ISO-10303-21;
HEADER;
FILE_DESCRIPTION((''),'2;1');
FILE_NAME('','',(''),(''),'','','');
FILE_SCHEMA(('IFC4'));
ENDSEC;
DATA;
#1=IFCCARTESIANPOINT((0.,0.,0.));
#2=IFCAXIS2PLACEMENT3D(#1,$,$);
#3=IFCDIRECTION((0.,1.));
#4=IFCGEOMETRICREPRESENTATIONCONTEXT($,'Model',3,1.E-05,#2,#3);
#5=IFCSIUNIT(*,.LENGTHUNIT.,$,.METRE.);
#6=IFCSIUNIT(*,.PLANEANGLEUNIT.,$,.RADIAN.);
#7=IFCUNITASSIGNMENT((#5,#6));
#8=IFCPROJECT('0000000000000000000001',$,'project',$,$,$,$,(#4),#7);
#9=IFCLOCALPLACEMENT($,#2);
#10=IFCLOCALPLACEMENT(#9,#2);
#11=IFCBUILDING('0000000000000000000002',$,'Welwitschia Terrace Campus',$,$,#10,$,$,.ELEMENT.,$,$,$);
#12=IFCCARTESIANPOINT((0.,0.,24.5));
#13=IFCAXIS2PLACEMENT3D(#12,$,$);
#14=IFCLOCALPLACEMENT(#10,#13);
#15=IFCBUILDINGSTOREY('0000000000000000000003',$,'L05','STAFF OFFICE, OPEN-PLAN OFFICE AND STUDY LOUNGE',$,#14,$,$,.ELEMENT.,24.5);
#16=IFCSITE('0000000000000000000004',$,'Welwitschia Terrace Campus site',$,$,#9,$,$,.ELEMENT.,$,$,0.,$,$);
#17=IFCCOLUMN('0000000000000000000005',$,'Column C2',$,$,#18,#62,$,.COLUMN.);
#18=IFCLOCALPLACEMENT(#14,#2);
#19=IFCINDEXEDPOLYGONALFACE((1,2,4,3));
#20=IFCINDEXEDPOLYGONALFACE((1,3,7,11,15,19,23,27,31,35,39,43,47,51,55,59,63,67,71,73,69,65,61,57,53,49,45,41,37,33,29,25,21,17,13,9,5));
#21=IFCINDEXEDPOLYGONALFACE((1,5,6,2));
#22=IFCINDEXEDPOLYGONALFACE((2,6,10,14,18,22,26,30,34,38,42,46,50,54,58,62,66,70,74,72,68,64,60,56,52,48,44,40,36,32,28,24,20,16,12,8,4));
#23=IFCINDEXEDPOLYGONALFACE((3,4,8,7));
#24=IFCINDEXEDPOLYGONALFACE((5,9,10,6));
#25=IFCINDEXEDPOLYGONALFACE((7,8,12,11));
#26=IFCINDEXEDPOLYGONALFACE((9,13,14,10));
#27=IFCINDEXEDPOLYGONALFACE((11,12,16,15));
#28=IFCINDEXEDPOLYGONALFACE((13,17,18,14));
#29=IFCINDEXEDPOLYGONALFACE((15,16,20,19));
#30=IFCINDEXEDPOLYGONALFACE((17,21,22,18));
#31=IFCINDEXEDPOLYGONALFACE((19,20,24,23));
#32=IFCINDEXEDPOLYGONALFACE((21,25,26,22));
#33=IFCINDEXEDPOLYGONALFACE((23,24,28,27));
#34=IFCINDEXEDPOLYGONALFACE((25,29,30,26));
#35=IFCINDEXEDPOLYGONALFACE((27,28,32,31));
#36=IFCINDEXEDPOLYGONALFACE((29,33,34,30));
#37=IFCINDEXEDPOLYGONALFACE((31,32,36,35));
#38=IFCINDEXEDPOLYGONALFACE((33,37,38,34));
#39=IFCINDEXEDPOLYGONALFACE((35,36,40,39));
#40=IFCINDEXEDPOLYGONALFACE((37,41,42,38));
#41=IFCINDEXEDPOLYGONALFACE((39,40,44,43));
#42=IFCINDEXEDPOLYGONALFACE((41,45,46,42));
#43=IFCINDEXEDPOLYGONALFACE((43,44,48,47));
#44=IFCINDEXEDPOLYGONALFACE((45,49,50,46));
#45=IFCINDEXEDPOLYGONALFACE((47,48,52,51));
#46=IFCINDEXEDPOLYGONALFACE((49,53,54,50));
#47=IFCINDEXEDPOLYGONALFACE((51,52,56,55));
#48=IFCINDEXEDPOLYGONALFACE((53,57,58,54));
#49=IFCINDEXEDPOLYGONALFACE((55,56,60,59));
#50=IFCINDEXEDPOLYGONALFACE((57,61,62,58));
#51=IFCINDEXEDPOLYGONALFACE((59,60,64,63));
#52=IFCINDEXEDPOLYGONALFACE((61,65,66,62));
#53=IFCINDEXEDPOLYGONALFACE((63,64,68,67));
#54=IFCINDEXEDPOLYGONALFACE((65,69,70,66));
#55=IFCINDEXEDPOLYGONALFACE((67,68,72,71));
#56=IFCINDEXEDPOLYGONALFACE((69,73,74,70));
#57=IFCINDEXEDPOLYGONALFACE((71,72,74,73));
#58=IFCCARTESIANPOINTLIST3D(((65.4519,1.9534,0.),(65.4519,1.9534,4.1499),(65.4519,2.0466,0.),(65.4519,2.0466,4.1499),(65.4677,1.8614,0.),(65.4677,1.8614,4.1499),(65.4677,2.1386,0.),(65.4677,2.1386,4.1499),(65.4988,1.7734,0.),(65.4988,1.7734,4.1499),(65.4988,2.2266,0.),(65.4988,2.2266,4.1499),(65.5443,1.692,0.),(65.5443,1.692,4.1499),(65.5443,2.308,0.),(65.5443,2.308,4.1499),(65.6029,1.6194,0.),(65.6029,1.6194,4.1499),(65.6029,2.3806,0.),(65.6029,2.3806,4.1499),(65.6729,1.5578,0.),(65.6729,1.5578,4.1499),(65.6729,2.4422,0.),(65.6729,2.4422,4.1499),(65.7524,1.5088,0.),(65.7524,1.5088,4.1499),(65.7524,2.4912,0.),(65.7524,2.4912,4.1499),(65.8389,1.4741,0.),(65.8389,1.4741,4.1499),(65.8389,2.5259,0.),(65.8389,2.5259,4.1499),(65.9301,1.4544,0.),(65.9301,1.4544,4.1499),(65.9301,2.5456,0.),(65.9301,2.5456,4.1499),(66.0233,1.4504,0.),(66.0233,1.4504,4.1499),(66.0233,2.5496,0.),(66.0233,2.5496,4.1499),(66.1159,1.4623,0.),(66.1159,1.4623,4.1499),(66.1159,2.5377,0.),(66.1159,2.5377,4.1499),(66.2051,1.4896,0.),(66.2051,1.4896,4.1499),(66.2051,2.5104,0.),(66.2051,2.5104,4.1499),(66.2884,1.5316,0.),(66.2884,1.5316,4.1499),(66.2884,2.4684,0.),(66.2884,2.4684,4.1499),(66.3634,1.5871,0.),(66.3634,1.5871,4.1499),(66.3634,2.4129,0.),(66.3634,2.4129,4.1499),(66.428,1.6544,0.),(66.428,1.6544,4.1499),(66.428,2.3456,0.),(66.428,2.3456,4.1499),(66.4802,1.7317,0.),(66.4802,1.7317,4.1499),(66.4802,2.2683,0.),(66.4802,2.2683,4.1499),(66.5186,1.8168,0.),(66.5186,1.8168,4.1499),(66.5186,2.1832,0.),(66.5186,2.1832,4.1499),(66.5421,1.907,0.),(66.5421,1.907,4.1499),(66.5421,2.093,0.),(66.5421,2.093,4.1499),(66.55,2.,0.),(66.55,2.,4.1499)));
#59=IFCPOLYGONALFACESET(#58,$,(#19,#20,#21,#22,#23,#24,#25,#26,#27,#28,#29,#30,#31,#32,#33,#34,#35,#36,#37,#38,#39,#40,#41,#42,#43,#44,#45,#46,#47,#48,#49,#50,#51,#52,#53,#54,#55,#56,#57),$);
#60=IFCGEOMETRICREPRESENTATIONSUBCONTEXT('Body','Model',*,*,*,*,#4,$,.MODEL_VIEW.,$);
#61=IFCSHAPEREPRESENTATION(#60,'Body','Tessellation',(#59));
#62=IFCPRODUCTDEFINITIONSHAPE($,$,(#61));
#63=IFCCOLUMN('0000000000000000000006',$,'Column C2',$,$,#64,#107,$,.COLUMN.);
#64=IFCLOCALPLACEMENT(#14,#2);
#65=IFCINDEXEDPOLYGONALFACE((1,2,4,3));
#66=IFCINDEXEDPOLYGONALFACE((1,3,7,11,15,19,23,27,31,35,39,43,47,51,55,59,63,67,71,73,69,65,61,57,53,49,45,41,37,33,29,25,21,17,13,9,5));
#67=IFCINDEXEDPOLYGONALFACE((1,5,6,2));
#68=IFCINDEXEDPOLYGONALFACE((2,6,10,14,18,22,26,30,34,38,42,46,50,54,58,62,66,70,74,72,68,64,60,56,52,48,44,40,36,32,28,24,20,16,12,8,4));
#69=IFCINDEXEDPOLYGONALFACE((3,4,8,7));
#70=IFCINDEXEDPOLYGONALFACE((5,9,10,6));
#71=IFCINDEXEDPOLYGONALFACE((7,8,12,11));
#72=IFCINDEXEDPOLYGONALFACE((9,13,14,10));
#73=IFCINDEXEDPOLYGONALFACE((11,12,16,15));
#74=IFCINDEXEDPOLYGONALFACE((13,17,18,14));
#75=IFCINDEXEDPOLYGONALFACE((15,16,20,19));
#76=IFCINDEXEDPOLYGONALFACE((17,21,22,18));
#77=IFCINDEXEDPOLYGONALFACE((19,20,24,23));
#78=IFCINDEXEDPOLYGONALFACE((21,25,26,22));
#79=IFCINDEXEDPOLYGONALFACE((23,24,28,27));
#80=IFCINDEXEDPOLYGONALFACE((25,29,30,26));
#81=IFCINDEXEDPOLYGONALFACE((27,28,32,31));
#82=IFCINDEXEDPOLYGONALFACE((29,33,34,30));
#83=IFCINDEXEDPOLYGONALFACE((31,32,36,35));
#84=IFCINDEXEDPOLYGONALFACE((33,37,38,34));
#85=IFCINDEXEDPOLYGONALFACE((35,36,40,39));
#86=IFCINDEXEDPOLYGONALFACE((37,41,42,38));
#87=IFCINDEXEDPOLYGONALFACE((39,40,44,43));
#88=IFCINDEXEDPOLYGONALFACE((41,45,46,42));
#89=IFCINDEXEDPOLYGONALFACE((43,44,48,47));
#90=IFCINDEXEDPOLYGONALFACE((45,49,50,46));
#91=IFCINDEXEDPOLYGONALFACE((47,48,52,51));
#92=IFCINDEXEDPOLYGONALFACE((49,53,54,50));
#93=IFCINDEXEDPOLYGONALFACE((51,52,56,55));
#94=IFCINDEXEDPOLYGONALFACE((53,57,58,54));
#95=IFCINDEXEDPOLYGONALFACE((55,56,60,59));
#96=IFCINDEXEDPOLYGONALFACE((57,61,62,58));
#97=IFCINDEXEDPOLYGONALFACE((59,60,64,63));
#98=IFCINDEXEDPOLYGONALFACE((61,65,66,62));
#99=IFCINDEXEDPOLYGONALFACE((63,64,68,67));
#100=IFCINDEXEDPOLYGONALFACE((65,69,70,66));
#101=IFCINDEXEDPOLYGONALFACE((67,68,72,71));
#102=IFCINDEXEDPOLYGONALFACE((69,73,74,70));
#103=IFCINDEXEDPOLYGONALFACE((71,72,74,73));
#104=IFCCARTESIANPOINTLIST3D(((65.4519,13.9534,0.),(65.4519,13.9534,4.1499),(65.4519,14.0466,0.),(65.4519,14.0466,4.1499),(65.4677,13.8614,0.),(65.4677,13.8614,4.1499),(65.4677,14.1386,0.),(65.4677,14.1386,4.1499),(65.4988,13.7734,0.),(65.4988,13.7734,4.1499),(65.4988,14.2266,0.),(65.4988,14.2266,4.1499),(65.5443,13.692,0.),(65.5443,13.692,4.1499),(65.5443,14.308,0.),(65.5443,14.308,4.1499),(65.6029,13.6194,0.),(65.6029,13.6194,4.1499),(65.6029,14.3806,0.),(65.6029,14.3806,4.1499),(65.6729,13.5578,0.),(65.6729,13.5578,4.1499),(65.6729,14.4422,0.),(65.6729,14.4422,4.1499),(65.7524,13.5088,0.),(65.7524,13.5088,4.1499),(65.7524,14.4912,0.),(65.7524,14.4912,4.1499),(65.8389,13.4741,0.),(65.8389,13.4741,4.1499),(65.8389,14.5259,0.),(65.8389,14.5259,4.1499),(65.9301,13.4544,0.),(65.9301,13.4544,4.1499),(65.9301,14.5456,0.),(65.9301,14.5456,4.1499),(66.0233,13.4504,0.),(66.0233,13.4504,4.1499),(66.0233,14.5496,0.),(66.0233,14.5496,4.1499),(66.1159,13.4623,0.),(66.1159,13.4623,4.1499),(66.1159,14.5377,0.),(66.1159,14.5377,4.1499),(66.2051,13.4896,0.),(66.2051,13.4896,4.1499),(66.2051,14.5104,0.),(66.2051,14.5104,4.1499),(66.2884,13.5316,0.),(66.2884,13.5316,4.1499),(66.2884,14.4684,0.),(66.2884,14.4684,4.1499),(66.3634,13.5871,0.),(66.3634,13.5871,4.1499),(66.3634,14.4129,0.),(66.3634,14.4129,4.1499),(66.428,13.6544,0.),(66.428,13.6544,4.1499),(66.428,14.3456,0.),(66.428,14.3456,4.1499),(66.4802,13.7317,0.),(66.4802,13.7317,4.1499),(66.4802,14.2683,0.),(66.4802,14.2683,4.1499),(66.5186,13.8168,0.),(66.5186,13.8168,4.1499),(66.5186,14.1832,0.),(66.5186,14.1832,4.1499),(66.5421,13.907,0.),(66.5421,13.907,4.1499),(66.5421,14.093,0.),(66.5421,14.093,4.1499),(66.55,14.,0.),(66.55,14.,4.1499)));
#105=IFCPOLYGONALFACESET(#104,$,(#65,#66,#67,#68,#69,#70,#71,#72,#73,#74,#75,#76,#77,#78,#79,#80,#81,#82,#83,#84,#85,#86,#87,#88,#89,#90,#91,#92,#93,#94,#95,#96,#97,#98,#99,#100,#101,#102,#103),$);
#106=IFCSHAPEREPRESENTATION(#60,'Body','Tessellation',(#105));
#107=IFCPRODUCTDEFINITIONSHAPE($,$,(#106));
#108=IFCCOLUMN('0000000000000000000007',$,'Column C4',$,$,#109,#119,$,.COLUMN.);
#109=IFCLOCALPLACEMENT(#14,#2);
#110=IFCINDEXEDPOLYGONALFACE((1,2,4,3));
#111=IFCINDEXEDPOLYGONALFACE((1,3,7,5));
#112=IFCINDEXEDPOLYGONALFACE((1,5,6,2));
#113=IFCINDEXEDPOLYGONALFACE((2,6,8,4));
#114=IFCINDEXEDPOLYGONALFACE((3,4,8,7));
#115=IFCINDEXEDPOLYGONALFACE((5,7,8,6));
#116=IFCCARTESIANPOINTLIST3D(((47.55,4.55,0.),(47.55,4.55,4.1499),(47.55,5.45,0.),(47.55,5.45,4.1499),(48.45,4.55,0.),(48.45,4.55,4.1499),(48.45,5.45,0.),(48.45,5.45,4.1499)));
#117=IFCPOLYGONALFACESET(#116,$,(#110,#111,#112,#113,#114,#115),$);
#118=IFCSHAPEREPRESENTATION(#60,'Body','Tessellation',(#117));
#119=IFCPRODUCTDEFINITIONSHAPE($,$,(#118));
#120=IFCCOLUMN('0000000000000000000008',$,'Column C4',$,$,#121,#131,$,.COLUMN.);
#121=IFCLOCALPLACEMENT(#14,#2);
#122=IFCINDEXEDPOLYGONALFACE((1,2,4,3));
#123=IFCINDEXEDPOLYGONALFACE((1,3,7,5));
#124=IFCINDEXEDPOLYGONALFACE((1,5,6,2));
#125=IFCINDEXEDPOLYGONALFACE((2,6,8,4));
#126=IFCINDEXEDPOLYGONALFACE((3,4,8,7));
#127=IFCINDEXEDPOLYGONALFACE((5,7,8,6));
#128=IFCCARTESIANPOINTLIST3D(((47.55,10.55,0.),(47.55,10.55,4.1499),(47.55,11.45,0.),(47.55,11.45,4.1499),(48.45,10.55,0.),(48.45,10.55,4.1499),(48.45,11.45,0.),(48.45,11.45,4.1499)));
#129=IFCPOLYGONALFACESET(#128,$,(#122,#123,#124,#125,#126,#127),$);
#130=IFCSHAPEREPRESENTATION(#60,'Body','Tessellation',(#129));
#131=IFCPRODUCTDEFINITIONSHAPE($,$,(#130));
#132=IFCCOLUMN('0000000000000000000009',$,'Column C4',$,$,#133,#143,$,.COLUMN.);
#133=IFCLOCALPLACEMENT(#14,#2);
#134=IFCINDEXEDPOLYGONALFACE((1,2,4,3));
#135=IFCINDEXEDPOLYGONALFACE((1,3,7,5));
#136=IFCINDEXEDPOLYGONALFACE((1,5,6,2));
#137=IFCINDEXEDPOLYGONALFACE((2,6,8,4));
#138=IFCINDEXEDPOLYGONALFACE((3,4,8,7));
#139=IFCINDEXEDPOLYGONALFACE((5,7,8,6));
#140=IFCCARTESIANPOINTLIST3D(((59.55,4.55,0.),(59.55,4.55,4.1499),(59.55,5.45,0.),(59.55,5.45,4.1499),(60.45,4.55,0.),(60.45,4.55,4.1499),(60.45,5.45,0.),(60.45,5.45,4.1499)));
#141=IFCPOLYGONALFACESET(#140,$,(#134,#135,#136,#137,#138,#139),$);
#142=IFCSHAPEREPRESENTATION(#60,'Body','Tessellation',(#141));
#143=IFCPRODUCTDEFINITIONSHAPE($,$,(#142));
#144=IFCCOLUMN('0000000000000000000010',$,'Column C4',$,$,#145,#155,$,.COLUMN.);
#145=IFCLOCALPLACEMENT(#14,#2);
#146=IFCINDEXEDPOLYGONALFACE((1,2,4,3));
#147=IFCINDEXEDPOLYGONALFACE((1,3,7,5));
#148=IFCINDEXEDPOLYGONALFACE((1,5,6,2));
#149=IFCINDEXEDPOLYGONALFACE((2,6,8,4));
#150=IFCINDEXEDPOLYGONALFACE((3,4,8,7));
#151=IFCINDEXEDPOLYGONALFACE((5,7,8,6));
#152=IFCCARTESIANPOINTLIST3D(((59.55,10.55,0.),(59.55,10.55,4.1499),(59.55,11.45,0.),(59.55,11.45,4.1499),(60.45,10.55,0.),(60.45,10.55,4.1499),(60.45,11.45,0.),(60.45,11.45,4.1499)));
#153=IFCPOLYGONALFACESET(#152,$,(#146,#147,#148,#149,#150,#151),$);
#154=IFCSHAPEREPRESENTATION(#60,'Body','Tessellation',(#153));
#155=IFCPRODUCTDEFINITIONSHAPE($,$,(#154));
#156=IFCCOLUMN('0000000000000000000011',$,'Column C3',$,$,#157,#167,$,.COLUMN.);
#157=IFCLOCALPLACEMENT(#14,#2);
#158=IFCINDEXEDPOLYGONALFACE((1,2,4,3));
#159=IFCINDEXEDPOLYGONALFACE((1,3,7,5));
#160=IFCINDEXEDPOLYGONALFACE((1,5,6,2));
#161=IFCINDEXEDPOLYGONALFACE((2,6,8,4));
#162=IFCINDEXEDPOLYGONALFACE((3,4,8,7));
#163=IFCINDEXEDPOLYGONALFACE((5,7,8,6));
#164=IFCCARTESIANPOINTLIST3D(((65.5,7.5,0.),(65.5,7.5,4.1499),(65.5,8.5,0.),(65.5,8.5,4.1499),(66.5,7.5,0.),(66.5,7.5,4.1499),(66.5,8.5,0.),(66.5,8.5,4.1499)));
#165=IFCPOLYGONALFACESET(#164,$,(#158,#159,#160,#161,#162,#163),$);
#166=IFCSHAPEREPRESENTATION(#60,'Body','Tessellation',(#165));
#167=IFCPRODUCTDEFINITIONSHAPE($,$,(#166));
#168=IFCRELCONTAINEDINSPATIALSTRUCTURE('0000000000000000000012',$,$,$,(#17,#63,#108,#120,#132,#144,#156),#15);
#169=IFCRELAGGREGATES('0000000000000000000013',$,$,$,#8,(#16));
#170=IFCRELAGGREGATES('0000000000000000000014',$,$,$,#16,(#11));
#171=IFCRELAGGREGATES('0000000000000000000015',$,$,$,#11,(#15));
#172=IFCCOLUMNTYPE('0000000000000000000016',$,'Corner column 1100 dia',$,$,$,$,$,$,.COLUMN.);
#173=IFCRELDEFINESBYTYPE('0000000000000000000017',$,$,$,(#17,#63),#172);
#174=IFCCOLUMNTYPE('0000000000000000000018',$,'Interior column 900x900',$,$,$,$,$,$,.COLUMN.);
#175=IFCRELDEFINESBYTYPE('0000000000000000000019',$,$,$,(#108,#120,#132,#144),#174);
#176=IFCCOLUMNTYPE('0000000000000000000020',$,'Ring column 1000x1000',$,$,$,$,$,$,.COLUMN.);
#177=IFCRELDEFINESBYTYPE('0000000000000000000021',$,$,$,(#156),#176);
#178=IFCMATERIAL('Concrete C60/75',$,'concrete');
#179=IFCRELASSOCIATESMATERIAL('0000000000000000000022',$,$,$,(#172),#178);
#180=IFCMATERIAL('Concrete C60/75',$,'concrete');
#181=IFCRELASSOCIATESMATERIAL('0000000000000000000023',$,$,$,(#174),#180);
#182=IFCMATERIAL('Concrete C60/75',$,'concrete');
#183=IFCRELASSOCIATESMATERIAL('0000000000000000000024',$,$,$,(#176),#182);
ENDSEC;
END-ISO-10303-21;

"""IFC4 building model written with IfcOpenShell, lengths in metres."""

from ifc_helpers import new_model, si_unit, direction, frame, origin, origin_2d, place, context, subcontext, project, spatial, rectangle, circle, extrude, material, material_profile, profile_set, type_object, element, save


model = new_model("IFC4")

# Units and contexts
model_context = context("Model", 3, precision=1e-05, world=origin(), true_north=direction((0.0, 1.0)))
body_context = subcontext(model_context, "Body", "Model", "MODEL_VIEW")
ifc_project = project(units=[si_unit("LENGTHUNIT", "METRE"), si_unit("PLANEANGLEUNIT", "RADIAN")], contexts=[model_context])

# Site, building, storey
site_placement = place(None, origin())
site = spatial("IfcSite", under=ifc_project, at=site_placement, Name="Welwitschia Terrace Campus site", CompositionType="ELEMENT", RefElevation=0.0)
building_placement = place(site_placement, origin())
building = spatial("IfcBuilding", under=site, at=building_placement, Name="Welwitschia Terrace Campus", CompositionType="ELEMENT")
storey_placement = place(building_placement, frame((0.0, 0.0, 24.5)))
storey = spatial("IfcBuildingStorey", under=building, at=storey_placement, Name="L05", Description="STAFF OFFICE, OPEN-PLAN OFFICE AND STUDY LOUNGE", CompositionType="ELEMENT", Elevation=24.5)

# Columns
ifc_material_1 = material(Name="Concrete C60/75", Category="concrete")
ifc_material_profile_1 = material_profile(ifc_material_1, circle(Radius=0.55, at=origin_2d()))
ifc_profile_set_1 = profile_set([ifc_material_profile_1], Name="Concrete C60/75")
column_type_1 = type_object("IfcColumnType", Name="Corner column 1100 dia", PredefinedType="COLUMN", material=ifc_profile_set_1)
for number, where, z_axis, x_axis, name in (
    (1, (66.0, 2.0, 0.0), (0.0, 0.0, 1.0), (1.0, 0.0, 0.0), "Column C2"),
    (2, (66.0, 14.0, 0.0), (0.0, 0.0, 1.0), (1.0, 0.0, 0.0), "Column C2"),
):
    element("IfcColumn", number, at=place(storey_placement, frame(where, z_axis=z_axis, x_axis=x_axis)), inside=storey, type_object=column_type_1, Name=name, PredefinedType="COLUMN", context=body_context, shape_type="SweptSolid", body=[
        extrude(circle(Radius=0.55, at=origin_2d()), origin(), (0.0, 0.0, 1.0), 4.1499),
    ])
ifc_material_2 = material(Name="Concrete C60/75", Category="concrete")
ifc_material_profile_2 = material_profile(ifc_material_2, rectangle(XDim=0.8999, YDim=0.8999, at=origin_2d()))
ifc_profile_set_2 = profile_set([ifc_material_profile_2], Name="Concrete C60/75")
column_type_2 = type_object("IfcColumnType", Name="Interior column 900x900", PredefinedType="COLUMN", material=ifc_profile_set_2)
for number, where, z_axis, x_axis, name in (
    (3, (48.0, 5.0, 0.0), (0.0, 0.0, 1.0), (1.0, 0.0, 0.0), "Column C4"),
    (4, (48.0, 11.0, 0.0), (0.0, 0.0, 1.0), (1.0, 0.0, 0.0), "Column C4"),
    (5, (60.0, 5.0, 0.0), (0.0, 0.0, 1.0), (1.0, 0.0, 0.0), "Column C4"),
    (6, (60.0, 11.0, 0.0), (0.0, 0.0, 1.0), (1.0, 0.0, 0.0), "Column C4"),
):
    element("IfcColumn", number, at=place(storey_placement, frame(where, z_axis=z_axis, x_axis=x_axis)), inside=storey, type_object=column_type_2, Name=name, PredefinedType="COLUMN", context=body_context, shape_type="SweptSolid", body=[
        extrude(rectangle(XDim=0.8999, YDim=0.8999, at=origin_2d()), origin(), (0.0, 0.0, 1.0), 4.1499),
    ])
ifc_material_3 = material(Name="Concrete C60/75", Category="concrete")
ifc_material_profile_3 = material_profile(ifc_material_3, rectangle(XDim=1.0, YDim=1.0, at=origin_2d()))
ifc_profile_set_3 = profile_set([ifc_material_profile_3], Name="Concrete C60/75")
column_type_3 = type_object("IfcColumnType", Name="Ring column 1000x1000", PredefinedType="COLUMN", material=ifc_profile_set_3)
column_placement = place(storey_placement, frame((66.0, 8.0, 0.0), z_axis=(0.0, 0.0, 1.0), x_axis=(1.0, 0.0, 0.0)))
element("IfcColumn", 7, at=column_placement, inside=storey, type_object=column_type_3, Name="Column C3", PredefinedType="COLUMN", context=body_context, shape_type="SweptSolid", body=[
    extrude(rectangle(XDim=1.0, YDim=1.0, at=origin_2d()), origin(), (0.0, 0.0, 1.0), 4.1499),
])

save(model, "model.ifc")
